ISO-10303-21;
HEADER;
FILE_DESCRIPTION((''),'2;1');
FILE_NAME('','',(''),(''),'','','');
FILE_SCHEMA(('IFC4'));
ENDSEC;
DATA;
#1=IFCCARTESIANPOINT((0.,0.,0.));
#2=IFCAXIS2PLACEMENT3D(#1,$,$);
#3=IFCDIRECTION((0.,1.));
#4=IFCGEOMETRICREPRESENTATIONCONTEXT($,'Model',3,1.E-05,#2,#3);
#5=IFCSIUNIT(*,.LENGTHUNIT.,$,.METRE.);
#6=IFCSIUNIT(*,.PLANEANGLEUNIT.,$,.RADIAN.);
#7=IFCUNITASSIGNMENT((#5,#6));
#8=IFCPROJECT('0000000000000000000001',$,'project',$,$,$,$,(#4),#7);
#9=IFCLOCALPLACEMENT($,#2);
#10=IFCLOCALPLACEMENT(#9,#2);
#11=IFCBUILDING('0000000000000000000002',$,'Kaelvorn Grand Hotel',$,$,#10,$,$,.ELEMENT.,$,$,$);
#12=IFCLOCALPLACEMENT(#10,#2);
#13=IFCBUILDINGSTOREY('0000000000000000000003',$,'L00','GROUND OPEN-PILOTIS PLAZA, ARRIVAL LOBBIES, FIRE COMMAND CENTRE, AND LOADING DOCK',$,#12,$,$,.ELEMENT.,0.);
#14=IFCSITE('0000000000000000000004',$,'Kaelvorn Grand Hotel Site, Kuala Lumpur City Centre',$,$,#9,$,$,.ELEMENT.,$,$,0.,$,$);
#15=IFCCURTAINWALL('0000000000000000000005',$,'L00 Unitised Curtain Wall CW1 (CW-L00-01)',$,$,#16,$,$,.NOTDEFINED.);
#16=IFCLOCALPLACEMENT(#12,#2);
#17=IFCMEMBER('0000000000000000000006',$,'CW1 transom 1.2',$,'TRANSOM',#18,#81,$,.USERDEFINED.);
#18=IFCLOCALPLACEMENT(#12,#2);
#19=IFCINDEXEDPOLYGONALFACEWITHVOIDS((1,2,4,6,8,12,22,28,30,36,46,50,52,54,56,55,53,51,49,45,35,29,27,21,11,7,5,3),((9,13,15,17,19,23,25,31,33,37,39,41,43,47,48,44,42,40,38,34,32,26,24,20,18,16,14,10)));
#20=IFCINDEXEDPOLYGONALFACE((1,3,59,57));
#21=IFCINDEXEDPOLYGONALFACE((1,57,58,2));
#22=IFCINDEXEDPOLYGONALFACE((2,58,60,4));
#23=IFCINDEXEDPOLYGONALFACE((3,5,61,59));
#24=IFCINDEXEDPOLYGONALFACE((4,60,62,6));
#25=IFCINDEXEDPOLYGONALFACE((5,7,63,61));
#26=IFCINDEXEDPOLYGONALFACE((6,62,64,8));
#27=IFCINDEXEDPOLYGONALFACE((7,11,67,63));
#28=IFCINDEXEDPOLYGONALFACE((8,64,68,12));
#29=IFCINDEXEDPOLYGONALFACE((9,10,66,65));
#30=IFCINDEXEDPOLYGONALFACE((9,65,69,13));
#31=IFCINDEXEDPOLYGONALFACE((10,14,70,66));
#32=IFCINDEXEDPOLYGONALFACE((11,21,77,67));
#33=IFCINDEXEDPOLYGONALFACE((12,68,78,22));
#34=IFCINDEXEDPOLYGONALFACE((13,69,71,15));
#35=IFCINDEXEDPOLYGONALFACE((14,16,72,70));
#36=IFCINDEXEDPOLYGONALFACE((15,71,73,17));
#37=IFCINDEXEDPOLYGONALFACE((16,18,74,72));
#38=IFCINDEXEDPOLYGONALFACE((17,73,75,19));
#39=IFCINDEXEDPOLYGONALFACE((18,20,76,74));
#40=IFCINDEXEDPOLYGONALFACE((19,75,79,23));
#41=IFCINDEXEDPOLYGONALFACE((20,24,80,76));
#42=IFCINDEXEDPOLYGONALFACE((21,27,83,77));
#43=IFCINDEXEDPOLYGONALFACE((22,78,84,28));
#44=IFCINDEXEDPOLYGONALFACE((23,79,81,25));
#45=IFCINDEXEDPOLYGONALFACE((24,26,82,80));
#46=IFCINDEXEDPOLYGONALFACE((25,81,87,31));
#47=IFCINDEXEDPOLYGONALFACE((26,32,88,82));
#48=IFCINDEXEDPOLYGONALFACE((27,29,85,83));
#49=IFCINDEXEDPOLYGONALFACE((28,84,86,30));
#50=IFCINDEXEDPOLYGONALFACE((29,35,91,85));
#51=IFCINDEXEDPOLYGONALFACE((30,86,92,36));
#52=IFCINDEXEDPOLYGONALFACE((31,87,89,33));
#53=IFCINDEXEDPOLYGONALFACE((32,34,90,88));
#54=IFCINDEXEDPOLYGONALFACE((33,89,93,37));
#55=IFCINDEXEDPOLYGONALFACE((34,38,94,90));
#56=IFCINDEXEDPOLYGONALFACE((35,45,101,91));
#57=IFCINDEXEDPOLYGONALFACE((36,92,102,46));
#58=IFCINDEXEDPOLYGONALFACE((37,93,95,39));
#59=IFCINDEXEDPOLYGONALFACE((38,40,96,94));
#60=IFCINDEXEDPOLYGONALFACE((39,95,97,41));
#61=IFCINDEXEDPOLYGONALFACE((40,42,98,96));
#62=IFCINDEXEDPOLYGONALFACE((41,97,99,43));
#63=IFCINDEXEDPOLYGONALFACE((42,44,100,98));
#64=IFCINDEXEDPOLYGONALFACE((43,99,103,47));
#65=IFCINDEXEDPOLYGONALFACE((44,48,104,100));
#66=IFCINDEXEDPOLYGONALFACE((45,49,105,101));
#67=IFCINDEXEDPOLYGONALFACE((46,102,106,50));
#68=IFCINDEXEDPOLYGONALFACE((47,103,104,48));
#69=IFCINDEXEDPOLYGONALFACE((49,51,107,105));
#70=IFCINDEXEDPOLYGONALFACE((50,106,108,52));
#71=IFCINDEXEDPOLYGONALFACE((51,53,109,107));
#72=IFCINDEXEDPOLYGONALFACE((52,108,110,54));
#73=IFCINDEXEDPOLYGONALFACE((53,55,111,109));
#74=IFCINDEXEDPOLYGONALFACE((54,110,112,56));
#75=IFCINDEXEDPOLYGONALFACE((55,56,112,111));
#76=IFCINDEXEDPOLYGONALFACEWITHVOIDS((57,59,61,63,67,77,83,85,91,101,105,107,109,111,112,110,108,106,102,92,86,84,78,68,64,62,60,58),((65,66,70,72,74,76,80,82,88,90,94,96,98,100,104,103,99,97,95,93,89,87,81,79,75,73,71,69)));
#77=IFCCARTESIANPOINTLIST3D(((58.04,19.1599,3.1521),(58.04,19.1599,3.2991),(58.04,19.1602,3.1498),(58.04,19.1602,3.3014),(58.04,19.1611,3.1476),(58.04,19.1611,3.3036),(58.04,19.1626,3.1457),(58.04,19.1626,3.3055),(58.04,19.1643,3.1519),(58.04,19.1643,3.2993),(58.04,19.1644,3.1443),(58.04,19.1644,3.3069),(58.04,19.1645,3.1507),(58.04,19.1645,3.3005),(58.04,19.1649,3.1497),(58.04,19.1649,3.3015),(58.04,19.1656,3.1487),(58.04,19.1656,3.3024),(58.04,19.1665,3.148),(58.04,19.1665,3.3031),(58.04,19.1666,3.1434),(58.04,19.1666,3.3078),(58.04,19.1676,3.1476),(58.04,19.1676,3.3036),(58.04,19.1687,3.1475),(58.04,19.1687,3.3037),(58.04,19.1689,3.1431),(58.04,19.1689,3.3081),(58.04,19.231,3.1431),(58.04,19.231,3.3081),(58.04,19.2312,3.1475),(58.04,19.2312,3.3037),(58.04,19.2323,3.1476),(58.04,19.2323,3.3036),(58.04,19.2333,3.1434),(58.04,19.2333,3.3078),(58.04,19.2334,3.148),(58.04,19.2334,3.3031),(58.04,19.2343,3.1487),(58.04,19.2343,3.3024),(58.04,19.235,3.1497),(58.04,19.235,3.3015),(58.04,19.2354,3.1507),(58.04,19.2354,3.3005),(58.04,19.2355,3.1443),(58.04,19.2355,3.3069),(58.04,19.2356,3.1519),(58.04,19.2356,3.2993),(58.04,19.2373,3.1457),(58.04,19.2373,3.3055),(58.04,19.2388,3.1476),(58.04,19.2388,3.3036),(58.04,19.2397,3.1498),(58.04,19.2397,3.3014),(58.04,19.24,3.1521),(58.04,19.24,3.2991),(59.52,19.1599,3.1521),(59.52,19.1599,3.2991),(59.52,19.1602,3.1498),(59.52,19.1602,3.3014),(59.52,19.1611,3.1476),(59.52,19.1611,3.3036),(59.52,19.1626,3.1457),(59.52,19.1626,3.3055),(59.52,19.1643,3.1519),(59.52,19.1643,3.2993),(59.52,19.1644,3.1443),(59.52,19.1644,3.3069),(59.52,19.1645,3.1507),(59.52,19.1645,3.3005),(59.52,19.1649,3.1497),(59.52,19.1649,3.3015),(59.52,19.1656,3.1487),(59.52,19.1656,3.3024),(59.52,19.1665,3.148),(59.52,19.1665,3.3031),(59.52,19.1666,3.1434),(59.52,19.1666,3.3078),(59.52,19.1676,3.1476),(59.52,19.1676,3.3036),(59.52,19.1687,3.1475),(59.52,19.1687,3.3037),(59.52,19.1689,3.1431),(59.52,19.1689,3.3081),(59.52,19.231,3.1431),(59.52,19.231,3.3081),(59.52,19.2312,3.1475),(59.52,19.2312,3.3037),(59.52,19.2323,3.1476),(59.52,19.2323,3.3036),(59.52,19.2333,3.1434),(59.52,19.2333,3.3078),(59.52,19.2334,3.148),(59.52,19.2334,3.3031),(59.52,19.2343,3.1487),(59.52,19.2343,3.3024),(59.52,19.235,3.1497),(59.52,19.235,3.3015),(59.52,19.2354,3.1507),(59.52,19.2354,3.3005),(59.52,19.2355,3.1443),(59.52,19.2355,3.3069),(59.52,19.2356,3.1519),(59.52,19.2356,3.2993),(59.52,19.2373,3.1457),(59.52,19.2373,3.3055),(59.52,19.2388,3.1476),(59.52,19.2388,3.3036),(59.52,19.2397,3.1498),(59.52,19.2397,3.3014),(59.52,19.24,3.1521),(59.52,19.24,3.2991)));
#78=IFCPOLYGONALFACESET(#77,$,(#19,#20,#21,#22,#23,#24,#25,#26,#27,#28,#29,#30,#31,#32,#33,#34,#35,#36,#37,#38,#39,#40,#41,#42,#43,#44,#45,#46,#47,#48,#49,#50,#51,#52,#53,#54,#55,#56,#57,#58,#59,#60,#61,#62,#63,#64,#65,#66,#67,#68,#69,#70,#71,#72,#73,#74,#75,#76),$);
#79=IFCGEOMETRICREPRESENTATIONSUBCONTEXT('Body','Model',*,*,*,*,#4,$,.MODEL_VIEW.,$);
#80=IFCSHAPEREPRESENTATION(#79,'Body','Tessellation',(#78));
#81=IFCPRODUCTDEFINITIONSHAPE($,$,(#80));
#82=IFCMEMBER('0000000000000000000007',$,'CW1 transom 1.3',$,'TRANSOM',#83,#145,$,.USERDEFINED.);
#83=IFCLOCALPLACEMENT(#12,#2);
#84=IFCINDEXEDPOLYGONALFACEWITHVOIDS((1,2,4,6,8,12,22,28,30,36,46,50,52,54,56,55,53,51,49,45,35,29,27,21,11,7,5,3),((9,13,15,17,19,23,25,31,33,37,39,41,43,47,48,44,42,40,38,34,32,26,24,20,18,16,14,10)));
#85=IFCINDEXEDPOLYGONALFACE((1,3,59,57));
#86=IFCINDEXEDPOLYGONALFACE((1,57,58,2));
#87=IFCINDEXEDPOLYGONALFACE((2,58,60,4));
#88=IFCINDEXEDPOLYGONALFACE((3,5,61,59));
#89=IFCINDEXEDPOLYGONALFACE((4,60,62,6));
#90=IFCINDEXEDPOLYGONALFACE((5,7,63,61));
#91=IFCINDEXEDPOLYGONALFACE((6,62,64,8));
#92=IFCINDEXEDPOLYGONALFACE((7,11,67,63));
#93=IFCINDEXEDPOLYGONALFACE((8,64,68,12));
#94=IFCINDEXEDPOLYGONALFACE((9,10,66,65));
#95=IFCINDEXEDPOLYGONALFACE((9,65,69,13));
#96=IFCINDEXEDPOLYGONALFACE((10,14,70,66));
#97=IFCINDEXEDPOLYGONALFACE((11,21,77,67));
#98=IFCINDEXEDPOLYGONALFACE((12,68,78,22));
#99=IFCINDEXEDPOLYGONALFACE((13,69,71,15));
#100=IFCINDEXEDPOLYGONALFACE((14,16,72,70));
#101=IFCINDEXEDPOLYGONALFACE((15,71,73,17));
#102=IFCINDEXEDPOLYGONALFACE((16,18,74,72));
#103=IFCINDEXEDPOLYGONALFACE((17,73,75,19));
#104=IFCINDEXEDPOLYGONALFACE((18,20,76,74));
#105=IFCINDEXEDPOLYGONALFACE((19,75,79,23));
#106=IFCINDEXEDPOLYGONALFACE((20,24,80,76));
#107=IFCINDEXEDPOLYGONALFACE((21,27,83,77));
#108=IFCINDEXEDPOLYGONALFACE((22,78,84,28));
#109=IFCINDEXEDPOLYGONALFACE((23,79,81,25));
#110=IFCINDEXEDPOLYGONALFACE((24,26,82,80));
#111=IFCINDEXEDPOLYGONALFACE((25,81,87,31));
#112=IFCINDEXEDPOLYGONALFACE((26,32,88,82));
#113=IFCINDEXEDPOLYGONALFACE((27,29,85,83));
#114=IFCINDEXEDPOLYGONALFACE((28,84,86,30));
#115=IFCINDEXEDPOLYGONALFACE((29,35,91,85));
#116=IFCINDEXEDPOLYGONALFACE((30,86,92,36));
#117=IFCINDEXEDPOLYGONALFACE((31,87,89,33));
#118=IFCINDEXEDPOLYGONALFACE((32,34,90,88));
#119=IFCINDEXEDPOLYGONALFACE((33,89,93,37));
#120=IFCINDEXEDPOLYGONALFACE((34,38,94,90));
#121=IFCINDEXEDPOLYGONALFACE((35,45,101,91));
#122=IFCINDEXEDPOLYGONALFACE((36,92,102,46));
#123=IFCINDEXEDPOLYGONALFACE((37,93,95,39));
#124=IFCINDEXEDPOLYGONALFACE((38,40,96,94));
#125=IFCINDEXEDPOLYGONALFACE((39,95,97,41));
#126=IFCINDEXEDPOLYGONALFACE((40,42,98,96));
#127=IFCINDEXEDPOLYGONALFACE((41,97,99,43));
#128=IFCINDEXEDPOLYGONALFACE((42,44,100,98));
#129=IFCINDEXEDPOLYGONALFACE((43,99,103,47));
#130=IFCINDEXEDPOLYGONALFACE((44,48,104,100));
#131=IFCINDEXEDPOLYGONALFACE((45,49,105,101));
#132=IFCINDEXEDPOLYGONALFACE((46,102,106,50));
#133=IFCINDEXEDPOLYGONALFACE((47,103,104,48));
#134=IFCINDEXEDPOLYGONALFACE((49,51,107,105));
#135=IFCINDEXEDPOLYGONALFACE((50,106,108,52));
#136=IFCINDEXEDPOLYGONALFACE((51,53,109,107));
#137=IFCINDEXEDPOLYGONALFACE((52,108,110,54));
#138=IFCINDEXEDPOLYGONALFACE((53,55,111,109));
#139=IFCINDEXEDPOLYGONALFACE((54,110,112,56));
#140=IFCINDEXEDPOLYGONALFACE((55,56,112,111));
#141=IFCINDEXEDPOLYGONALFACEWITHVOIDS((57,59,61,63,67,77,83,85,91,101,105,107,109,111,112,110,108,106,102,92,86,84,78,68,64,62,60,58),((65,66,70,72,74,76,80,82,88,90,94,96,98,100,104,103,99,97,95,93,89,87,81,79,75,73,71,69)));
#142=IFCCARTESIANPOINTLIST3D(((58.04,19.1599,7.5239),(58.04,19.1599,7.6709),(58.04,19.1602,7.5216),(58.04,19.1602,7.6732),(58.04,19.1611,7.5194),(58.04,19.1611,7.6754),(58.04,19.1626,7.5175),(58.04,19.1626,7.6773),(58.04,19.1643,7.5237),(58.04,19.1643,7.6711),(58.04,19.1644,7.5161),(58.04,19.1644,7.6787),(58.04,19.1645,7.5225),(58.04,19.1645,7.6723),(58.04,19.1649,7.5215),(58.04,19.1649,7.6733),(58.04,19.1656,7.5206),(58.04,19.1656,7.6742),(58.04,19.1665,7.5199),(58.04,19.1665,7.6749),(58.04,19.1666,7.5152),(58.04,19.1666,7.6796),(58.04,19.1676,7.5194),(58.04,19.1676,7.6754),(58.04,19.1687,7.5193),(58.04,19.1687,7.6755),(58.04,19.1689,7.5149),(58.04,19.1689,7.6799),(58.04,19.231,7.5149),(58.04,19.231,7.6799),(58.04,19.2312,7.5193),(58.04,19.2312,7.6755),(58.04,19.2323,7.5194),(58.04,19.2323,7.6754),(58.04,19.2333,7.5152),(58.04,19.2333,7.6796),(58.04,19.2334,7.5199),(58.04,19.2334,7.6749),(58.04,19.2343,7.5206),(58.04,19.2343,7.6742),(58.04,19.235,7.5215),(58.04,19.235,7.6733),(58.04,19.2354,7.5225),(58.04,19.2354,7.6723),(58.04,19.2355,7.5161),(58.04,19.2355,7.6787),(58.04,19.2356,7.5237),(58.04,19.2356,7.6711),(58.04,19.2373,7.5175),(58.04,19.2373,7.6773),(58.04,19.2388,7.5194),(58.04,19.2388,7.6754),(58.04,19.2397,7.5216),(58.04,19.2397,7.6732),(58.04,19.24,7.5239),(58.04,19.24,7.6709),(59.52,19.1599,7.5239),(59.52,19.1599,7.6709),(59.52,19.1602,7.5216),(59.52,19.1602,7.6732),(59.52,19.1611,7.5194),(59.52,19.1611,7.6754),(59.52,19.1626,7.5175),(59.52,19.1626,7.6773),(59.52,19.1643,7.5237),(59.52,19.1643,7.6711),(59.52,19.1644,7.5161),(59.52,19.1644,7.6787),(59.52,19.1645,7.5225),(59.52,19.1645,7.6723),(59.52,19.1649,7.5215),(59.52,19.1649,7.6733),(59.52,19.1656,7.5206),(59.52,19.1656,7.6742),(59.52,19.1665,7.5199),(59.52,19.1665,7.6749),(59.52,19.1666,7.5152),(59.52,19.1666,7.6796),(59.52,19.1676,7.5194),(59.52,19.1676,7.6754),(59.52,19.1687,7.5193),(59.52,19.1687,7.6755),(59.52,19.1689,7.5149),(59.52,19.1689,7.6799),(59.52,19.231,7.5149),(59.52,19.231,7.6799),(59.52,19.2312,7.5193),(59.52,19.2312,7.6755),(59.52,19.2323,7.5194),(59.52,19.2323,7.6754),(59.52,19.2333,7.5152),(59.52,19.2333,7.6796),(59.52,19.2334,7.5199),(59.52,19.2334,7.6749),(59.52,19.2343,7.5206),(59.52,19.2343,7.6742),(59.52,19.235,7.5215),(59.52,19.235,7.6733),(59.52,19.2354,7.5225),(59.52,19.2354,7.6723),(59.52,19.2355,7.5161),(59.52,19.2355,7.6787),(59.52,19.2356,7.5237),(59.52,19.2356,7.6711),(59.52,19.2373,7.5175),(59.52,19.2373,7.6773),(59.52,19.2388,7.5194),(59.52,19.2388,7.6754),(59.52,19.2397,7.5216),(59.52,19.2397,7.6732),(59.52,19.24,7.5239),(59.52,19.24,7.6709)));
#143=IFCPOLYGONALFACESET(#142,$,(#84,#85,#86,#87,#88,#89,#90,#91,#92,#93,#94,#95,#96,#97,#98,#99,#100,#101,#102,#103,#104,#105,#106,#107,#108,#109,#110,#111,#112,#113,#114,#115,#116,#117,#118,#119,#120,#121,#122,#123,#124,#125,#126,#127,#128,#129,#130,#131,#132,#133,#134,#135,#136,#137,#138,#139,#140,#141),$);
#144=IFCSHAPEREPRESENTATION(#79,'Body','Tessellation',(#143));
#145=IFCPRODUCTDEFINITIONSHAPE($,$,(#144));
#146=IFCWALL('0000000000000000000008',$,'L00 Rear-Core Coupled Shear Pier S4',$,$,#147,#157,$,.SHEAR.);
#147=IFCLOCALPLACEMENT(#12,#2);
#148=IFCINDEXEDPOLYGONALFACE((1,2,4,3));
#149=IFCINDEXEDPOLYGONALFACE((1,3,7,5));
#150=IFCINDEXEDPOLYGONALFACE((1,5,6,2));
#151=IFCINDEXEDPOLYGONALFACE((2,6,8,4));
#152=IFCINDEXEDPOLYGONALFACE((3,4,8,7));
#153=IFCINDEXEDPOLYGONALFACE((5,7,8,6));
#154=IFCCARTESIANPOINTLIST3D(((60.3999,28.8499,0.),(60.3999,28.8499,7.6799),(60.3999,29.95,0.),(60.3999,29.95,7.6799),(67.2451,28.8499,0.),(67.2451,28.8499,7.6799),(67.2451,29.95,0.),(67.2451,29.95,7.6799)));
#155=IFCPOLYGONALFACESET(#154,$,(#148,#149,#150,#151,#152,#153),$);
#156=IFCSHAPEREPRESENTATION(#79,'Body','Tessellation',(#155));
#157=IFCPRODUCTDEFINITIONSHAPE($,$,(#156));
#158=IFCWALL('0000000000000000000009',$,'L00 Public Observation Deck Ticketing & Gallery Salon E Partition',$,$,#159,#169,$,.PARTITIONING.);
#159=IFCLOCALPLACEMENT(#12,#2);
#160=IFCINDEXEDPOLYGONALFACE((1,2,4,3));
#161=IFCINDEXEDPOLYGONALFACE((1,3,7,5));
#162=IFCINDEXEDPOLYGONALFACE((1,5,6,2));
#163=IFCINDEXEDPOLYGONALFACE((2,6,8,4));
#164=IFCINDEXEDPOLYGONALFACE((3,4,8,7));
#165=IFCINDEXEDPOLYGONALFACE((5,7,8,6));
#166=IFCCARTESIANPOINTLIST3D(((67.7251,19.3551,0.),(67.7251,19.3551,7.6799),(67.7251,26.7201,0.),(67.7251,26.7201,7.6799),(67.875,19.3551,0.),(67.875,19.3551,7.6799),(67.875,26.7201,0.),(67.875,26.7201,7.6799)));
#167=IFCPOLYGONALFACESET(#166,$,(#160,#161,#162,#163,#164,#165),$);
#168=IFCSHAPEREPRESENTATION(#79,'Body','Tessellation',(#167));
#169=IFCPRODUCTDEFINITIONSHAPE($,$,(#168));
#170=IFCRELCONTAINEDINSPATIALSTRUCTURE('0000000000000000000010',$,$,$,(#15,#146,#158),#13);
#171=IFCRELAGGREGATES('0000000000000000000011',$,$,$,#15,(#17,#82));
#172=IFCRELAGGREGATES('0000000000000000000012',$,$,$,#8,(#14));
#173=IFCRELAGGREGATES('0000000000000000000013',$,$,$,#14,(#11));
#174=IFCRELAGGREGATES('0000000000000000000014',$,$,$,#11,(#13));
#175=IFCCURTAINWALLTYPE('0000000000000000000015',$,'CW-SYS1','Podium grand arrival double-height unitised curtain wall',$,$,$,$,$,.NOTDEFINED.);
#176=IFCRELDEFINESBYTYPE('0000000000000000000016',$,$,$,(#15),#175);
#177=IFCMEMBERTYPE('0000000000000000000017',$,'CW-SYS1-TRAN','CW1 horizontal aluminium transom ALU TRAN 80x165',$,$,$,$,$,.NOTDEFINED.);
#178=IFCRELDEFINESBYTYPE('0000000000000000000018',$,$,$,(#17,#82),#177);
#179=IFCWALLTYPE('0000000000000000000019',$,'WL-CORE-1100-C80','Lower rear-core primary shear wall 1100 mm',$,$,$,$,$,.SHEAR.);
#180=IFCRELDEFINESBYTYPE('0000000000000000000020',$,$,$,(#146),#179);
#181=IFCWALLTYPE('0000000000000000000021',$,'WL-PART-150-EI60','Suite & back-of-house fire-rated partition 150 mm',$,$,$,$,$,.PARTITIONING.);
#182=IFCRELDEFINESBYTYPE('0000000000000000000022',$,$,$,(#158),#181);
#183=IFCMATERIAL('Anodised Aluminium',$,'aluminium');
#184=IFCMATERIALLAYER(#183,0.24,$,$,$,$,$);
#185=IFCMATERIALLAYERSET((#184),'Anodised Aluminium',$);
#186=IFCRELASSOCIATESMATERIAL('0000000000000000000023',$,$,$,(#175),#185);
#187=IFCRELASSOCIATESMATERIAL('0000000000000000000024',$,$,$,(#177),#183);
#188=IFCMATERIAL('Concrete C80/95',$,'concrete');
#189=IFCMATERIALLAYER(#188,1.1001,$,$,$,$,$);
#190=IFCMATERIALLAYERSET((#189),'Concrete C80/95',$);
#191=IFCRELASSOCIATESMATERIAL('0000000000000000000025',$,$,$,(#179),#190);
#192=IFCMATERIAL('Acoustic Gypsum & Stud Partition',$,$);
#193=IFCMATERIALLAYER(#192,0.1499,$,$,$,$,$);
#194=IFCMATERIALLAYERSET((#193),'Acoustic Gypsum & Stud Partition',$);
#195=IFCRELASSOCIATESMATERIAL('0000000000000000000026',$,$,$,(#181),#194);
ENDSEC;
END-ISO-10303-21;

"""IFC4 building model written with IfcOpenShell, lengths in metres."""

from ifc_helpers import new_model, si_unit, direction, frame, frame_2d, origin, origin_2d, place, context, subcontext, project, spatial, rectangle, hollow_rectangle, extrude, material, layer, layer_set, material_profile, profile_set, type_object, element, aggregate, save


model = new_model("IFC4")

# Units and contexts
model_context = context("Model", 3, precision=1e-05, world=origin(), true_north=direction((0.0, 1.0)))
body_context = subcontext(model_context, "Body", "Model", "MODEL_VIEW")
ifc_project = project(units=[si_unit("LENGTHUNIT", "METRE"), si_unit("PLANEANGLEUNIT", "RADIAN")], contexts=[model_context])

# Site, building, storey
site_placement = place(None, origin())
site = spatial("IfcSite", under=ifc_project, at=site_placement, Name="Kaelvorn Grand Hotel Site, Kuala Lumpur City Centre", CompositionType="ELEMENT", RefElevation=0.0)
building_placement = place(site_placement, origin())
building = spatial("IfcBuilding", under=site, at=building_placement, Name="Kaelvorn Grand Hotel", CompositionType="ELEMENT")
storey_placement = place(building_placement, origin())
storey = spatial("IfcBuildingStorey", under=building, at=storey_placement, Name="L00", Description="GROUND OPEN-PILOTIS PLAZA, ARRIVAL LOBBIES, FIRE COMMAND CENTRE, AND LOADING DOCK", CompositionType="ELEMENT", Elevation=0.0)

# Shared definitions
ifc_material_1 = material(Name="Concrete C80/95", Category="concrete")

# Curtain wall, members
ifc_material_2 = material(Name="Anodised Aluminium", Category="aluminium")
ifc_layer_1 = layer(ifc_material_2, 0.24)
ifc_layer_set_1 = layer_set([ifc_layer_1], Name="Anodised Aluminium")
curtain_wall_type = type_object("IfcCurtainWallType", Name="CW-SYS1", Description="Podium grand arrival double-height unitised curtain wall", PredefinedType="NOTDEFINED", material=ifc_layer_set_1)
curtain_wall_placement = place(storey_placement, origin())
curtain_wall = element("IfcCurtainWall", 1, at=curtain_wall_placement, inside=storey, type_object=curtain_wall_type, Name="L00 Unitised Curtain Wall CW1 (CW-L00-01)", PredefinedType="NOTDEFINED")
ifc_material_profile_1 = material_profile(ifc_material_2, hollow_rectangle(XDim=0.0801, YDim=0.165, WallThickness=0.0044, InnerFilletRadius=0.0044, OuterFilletRadius=0.009, at=origin_2d()), Name="ALU TRAN 80x165")
ifc_profile_set_1 = profile_set([ifc_material_profile_1], Name="Anodised Aluminium")
member_type_1 = type_object("IfcMemberType", Name="CW-SYS1-TRAN", Description="CW1 horizontal aluminium transom ALU TRAN 80x165", PredefinedType="NOTDEFINED", material=ifc_profile_set_1)
member_1_placement = place(storey_placement, frame((59.52, 19.2, 3.2256), z_axis=(-1.0, 0.0, 0.0), x_axis=(0.0, -1.0, 0.0)))
member_1 = element("IfcMember", 2, at=member_1_placement, type_object=member_type_1, Name="CW1 transom 1.2", ObjectType="TRANSOM", PredefinedType="USERDEFINED", context=body_context, shape_type="SweptSolid", body=[
    extrude(hollow_rectangle(XDim=0.0801, YDim=0.165, WallThickness=0.0044, InnerFilletRadius=0.0044, OuterFilletRadius=0.009, at=origin_2d()), origin(), (0.0, 0.0, 1.0), 1.48),
])
member_2_placement = place(storey_placement, frame((59.52, 19.2, 7.5974), z_axis=(-1.0, 0.0, 0.0), x_axis=(0.0, -1.0, 0.0)))
member_2 = element("IfcMember", 3, at=member_2_placement, type_object=member_type_1, Name="CW1 transom 1.3", ObjectType="TRANSOM", PredefinedType="USERDEFINED", context=body_context, shape_type="SweptSolid", body=[
    extrude(hollow_rectangle(XDim=0.0801, YDim=0.165, WallThickness=0.0044, InnerFilletRadius=0.0044, OuterFilletRadius=0.009, at=origin_2d()), origin(), (0.0, 0.0, 1.0), 1.48),
])
aggregate(curtain_wall, [member_1, member_2])

# Walls
ifc_layer_2 = layer(ifc_material_1, 1.1001)
ifc_layer_set_2 = layer_set([ifc_layer_2], Name="Concrete C80/95")
wall_type_1 = type_object("IfcWallType", Name="WL-CORE-1100-C80", Description="Lower rear-core primary shear wall 1100 mm", PredefinedType="SHEAR", material=ifc_layer_set_2)
wall_1_placement = place(storey_placement, frame((60.3999, 29.3999, 0.0), z_axis=(0.0, 0.0, 1.0), x_axis=(1.0, 0.0, 0.0)))
element("IfcWall", 4, at=wall_1_placement, inside=storey, type_object=wall_type_1, Name="L00 Rear-Core Coupled Shear Pier S4", PredefinedType="SHEAR", context=body_context, shape_type="SweptSolid", body=[
    extrude(rectangle(XDim=6.8452, YDim=1.1001, at=frame_2d((3.4226, 0.0))), origin(), (0.0, 0.0, 1.0), 7.6799),
])
ifc_material_3 = material(Name="Acoustic Gypsum & Stud Partition")
ifc_layer_3 = layer(ifc_material_3, 0.1499)
ifc_layer_set_3 = layer_set([ifc_layer_3], Name="Acoustic Gypsum & Stud Partition")
wall_type_2 = type_object("IfcWallType", Name="WL-PART-150-EI60", Description="Suite & back-of-house fire-rated partition 150 mm", PredefinedType="PARTITIONING", material=ifc_layer_set_3)
wall_2_placement = place(storey_placement, frame((67.8, 19.355, 0.0), z_axis=(0.0, 0.0, 1.0), x_axis=(0.0, 1.0, 0.0)))
element("IfcWall", 5, at=wall_2_placement, inside=storey, type_object=wall_type_2, Name="L00 Public Observation Deck Ticketing & Gallery Salon E Partition", PredefinedType="PARTITIONING", context=body_context, shape_type="SweptSolid", body=[
    extrude(rectangle(XDim=7.365, YDim=0.1499, at=frame_2d((3.6826, 0.0))), origin(), (0.0, 0.0, 1.0), 7.6799),
])

save(model, "model.ifc")
